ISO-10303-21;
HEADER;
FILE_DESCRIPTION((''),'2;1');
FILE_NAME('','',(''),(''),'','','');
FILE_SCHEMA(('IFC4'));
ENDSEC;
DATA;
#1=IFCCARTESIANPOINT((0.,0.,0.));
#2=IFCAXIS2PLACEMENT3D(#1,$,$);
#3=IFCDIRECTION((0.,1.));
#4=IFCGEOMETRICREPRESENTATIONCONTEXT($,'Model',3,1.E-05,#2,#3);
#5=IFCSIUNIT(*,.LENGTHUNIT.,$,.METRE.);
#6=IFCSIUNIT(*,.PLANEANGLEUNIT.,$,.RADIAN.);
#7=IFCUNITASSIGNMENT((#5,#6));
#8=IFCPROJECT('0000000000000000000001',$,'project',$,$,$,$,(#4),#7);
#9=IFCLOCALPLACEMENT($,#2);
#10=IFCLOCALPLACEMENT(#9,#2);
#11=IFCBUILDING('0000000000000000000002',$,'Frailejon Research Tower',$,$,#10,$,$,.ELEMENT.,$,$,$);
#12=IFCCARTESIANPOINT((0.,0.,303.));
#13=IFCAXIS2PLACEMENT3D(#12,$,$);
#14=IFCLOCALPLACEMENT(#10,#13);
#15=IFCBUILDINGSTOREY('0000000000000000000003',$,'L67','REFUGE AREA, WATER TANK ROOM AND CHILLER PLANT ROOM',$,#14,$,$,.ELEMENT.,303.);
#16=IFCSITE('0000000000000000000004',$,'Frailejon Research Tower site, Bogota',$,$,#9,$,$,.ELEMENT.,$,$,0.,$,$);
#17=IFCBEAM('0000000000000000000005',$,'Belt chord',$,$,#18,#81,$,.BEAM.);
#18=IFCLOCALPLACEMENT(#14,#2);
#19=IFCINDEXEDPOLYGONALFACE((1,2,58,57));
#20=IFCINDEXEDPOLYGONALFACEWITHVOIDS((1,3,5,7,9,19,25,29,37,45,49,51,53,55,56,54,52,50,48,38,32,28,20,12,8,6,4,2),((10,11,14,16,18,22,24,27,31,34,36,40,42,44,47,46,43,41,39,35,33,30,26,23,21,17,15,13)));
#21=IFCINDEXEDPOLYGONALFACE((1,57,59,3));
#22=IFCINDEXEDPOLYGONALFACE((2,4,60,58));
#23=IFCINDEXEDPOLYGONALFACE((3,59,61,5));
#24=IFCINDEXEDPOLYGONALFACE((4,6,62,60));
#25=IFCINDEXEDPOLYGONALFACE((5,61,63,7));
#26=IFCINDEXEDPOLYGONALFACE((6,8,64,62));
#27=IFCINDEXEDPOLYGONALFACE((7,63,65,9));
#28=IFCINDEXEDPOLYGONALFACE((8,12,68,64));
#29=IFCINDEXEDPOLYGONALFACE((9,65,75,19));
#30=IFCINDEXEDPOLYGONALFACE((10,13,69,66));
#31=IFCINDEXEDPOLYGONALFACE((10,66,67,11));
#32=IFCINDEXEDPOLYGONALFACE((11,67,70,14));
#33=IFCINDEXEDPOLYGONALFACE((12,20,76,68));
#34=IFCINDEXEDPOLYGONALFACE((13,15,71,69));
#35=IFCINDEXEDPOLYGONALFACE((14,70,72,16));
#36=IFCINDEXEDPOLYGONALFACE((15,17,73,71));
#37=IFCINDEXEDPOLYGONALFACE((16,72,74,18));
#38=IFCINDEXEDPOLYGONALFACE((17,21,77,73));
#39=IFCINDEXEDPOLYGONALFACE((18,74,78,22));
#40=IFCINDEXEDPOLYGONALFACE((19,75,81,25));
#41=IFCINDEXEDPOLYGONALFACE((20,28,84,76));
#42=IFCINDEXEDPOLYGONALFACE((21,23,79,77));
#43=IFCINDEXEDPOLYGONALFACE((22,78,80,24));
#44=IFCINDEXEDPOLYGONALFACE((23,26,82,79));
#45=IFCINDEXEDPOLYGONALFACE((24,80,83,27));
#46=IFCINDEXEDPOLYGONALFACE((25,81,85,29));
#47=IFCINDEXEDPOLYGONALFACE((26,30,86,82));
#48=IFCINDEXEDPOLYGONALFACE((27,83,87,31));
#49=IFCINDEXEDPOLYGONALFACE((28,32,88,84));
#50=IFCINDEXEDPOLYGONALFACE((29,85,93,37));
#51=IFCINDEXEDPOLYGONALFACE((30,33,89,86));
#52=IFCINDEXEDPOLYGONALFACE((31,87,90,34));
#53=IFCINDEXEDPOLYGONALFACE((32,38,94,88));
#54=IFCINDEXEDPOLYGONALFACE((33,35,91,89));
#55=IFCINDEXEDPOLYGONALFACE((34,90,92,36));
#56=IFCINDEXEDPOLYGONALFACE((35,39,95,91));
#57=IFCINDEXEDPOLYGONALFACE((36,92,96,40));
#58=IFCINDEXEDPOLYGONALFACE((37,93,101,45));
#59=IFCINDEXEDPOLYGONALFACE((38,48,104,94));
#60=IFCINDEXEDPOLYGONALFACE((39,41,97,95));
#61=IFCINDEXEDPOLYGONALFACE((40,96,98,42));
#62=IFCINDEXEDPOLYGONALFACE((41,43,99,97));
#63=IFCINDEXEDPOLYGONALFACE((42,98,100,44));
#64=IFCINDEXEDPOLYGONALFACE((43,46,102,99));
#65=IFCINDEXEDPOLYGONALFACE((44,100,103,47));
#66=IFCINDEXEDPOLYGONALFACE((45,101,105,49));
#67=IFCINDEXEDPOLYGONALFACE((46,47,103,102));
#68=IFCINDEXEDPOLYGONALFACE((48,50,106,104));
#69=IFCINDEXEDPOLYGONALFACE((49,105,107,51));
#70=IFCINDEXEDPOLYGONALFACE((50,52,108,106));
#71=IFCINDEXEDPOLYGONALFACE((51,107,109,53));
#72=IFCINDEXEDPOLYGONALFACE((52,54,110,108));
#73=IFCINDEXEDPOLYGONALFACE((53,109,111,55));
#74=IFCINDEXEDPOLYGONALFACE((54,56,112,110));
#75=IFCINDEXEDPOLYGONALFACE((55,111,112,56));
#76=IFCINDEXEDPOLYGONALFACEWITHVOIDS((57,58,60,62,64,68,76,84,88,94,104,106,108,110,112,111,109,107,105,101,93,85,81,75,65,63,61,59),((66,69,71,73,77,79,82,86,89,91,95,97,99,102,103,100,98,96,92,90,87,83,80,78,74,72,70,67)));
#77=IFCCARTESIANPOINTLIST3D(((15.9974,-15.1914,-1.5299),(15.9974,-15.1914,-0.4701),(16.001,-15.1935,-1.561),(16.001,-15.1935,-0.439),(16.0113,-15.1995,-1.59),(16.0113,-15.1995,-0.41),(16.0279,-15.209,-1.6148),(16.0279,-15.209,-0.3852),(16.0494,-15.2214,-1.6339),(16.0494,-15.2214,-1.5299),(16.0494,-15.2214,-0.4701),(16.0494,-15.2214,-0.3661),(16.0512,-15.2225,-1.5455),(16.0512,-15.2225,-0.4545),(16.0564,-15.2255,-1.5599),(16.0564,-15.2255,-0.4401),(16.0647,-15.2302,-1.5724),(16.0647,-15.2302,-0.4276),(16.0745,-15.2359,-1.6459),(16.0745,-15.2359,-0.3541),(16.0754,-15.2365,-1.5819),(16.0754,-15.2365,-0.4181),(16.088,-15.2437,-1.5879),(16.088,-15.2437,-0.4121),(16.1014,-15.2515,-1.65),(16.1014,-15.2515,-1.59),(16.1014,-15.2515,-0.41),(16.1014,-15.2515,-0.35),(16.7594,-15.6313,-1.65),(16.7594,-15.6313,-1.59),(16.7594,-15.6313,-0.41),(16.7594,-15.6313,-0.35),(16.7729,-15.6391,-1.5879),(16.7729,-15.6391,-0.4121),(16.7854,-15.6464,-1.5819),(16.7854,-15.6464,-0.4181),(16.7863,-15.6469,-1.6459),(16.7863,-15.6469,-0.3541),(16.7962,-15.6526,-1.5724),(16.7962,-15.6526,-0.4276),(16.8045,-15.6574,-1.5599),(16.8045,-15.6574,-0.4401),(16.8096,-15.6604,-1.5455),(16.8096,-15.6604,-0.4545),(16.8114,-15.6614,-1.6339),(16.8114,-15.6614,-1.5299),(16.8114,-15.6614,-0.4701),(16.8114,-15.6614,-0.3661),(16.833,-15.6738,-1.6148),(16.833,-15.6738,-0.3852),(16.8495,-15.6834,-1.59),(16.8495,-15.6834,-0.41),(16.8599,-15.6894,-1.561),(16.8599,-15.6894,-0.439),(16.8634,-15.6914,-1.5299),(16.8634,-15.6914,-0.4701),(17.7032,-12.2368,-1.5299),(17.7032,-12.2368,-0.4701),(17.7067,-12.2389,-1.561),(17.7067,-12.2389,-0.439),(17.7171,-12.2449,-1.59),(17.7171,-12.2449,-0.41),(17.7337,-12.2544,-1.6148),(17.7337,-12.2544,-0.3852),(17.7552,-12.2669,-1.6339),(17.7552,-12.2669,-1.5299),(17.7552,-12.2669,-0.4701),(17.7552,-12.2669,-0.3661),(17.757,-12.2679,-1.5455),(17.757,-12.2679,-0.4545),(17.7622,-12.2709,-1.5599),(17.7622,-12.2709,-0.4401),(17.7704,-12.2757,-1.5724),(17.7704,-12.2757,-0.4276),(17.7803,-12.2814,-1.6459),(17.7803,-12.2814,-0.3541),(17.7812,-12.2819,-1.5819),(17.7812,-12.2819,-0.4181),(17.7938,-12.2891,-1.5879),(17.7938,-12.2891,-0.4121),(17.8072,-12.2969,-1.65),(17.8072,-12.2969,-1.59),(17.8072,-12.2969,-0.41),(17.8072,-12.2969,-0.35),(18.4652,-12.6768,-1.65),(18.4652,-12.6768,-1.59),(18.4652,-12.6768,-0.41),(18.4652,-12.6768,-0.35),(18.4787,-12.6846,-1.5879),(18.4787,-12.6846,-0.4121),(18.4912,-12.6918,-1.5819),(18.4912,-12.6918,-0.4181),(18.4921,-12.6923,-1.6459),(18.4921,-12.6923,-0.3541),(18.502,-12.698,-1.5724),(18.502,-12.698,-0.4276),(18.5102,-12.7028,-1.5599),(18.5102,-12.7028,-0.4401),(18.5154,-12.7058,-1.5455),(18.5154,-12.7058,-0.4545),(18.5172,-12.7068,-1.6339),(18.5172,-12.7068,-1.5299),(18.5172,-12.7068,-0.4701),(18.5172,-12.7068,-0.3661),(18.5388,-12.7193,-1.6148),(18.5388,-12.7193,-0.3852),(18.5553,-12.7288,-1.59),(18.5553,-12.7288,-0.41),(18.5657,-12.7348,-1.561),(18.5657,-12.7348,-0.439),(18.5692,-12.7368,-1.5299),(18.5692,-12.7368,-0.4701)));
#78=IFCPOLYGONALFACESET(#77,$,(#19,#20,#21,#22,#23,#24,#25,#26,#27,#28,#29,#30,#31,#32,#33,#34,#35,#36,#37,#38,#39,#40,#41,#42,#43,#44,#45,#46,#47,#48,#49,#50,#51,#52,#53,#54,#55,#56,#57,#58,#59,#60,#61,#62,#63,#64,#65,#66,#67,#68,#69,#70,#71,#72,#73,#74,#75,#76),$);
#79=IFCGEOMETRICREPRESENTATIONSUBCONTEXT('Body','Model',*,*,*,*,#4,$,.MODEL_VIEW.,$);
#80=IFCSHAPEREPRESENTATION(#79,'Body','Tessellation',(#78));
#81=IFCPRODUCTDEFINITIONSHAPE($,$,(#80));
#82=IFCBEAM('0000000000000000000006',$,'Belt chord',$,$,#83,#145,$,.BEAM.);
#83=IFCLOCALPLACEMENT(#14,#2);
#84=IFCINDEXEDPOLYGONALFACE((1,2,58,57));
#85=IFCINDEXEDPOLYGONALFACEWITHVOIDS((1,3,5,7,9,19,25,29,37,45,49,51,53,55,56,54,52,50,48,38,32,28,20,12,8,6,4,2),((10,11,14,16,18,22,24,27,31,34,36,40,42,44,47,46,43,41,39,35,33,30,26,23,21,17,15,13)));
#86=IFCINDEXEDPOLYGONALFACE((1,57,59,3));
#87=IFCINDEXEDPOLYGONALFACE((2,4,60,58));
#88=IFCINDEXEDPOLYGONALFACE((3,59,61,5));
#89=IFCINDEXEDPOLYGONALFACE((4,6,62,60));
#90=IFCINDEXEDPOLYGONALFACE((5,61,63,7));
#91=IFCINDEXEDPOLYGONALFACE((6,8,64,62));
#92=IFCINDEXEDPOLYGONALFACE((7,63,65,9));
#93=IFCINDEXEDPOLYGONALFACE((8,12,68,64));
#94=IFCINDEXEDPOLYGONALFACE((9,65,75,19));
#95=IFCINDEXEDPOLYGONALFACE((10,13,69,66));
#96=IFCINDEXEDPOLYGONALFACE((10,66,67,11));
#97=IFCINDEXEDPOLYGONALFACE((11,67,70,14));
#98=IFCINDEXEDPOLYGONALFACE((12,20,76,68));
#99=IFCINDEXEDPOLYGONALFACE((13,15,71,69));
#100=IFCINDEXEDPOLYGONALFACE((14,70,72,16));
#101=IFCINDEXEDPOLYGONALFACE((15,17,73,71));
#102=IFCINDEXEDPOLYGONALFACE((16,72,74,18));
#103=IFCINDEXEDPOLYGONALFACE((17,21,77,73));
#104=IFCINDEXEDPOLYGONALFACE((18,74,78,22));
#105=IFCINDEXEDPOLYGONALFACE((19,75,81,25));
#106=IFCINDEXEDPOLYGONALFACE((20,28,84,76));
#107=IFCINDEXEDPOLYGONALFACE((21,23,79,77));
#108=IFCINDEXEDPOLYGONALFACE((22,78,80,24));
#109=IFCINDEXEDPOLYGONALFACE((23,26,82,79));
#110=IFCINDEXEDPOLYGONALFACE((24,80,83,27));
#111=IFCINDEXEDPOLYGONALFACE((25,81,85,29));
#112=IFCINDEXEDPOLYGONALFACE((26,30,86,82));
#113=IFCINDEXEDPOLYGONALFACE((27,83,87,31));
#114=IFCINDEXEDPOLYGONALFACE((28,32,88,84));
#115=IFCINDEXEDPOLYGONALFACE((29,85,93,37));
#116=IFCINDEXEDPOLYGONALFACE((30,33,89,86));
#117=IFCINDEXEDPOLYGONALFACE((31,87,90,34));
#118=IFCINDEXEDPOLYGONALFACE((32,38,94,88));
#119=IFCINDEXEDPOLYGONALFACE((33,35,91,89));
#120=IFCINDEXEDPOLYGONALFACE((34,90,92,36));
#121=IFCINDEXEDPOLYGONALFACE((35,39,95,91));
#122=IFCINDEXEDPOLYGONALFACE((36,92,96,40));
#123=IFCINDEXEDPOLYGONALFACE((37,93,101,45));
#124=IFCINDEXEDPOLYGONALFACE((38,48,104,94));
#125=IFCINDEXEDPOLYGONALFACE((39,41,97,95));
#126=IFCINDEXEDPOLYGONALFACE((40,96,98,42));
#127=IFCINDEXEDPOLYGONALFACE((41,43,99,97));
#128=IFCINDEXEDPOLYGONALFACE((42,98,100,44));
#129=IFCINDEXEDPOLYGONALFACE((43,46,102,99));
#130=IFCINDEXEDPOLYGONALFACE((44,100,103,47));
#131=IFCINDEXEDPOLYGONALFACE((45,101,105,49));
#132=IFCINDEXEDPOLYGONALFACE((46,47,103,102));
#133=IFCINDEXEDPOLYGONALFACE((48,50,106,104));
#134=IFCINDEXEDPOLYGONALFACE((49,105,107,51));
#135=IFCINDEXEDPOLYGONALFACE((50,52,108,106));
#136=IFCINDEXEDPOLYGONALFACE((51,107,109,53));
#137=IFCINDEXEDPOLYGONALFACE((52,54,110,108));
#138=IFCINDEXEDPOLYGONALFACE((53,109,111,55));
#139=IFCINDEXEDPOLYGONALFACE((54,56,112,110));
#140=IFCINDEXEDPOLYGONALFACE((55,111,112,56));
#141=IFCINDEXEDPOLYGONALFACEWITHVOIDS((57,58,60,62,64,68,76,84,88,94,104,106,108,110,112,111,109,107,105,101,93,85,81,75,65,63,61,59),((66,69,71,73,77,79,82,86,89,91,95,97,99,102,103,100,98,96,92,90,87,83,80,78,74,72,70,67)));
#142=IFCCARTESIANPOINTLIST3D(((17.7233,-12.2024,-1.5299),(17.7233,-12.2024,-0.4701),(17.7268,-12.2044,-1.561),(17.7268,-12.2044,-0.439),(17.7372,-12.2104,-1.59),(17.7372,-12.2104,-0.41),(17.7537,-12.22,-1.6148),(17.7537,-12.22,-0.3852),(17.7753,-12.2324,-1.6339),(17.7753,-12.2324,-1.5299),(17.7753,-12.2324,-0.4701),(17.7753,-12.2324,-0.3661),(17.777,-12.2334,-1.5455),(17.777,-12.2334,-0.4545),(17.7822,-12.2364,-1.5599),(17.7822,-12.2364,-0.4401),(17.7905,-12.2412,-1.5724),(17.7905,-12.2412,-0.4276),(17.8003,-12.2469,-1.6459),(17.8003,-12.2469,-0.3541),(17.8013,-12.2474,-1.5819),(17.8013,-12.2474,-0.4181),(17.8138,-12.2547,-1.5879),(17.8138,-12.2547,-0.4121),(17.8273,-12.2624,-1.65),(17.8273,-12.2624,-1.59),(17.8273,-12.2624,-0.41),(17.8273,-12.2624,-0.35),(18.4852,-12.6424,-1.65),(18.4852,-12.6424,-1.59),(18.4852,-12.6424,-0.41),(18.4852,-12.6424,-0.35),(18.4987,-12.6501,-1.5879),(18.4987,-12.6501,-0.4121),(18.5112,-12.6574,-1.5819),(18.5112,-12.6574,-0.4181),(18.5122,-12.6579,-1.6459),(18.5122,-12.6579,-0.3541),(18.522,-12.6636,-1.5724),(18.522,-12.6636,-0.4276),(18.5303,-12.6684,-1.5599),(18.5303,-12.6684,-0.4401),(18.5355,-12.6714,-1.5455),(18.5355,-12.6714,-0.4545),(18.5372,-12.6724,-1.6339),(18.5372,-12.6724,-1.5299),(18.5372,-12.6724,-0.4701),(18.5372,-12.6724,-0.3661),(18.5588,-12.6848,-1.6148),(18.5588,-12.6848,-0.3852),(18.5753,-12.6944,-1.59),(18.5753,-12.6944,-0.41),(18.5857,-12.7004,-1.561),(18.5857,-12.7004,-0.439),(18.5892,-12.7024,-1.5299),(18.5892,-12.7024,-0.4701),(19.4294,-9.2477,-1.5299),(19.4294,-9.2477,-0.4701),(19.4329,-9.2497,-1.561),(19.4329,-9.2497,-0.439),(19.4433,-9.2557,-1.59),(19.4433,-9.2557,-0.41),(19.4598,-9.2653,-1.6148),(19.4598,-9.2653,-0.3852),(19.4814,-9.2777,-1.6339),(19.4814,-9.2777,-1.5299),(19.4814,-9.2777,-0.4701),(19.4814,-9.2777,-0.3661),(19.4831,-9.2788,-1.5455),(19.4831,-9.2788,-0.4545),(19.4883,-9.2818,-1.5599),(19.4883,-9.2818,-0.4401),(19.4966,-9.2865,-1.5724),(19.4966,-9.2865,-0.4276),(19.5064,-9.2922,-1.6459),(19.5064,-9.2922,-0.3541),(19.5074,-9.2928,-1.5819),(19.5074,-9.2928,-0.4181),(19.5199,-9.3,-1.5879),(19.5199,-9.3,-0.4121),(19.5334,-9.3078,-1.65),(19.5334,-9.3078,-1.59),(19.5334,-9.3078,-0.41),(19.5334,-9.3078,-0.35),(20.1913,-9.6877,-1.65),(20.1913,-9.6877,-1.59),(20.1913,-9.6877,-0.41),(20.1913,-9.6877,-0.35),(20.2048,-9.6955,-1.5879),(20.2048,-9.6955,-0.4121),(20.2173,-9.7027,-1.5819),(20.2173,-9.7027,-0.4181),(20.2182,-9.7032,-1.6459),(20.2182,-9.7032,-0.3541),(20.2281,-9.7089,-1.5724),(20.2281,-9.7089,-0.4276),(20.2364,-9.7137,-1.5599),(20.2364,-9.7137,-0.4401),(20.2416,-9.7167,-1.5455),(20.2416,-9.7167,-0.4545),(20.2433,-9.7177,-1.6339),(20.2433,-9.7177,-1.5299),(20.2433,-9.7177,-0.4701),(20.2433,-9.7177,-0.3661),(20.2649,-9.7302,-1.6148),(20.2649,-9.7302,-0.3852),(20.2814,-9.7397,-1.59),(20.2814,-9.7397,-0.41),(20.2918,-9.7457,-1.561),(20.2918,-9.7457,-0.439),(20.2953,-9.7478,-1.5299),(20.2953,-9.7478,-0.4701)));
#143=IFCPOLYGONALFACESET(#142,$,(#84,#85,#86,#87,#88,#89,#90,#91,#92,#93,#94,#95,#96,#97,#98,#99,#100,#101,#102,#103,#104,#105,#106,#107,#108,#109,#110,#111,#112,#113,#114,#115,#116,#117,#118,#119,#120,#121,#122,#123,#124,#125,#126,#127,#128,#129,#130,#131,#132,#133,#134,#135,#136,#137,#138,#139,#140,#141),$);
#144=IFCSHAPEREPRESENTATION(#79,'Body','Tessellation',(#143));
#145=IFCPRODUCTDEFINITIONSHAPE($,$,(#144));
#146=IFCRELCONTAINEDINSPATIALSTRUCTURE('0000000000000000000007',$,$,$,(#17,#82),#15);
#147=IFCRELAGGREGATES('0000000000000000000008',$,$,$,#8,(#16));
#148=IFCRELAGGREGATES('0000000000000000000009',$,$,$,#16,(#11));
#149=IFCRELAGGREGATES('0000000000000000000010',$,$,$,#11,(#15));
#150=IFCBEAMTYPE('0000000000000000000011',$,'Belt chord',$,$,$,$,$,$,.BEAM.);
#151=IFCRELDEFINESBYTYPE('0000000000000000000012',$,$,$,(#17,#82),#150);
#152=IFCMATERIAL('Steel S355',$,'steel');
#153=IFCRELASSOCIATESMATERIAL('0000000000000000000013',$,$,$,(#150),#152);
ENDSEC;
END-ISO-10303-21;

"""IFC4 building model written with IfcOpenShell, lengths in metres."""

from ifc_helpers import new_model, si_unit, direction, frame, origin, origin_2d, place, context, subcontext, project, spatial, hollow_rectangle, extrude, material, material_profile, profile_set, type_object, element, save


model = new_model("IFC4")

# Units and contexts
model_context = context("Model", 3, precision=1e-05, world=origin(), true_north=direction((0.0, 1.0)))
body_context = subcontext(model_context, "Body", "Model", "MODEL_VIEW")
ifc_project = project(units=[si_unit("LENGTHUNIT", "METRE"), si_unit("PLANEANGLEUNIT", "RADIAN")], contexts=[model_context])

# Site, building, storey
site_placement = place(None, origin())
site = spatial("IfcSite", under=ifc_project, at=site_placement, Name="Frailejon Research Tower site, Bogota", CompositionType="ELEMENT", RefElevation=0.0)
building_placement = place(site_placement, origin())
building = spatial("IfcBuilding", under=site, at=building_placement, Name="Frailejon Research Tower", CompositionType="ELEMENT")
storey_placement = place(building_placement, frame((0.0, 0.0, 303.0)))
storey = spatial("IfcBuildingStorey", under=building, at=storey_placement, Name="L67", Description="REFUGE AREA, WATER TANK ROOM AND CHILLER PLANT ROOM", CompositionType="ELEMENT", Elevation=303.0)

# Beams
ifc_material_1 = material(Name="Steel S355", Category="steel")
ifc_material_profile_1 = material_profile(ifc_material_1, hollow_rectangle(XDim=1.0, YDim=1.3, WallThickness=0.0601, InnerFilletRadius=0.0601, OuterFilletRadius=0.1201, at=origin_2d()), Name="Belt chord")
ifc_profile_set_1 = profile_set([ifc_material_profile_1], Name="Steel S355")
beam_type_1 = type_object("IfcBeamType", Name="Belt chord", PredefinedType="BEAM", material=ifc_profile_set_1)
for number, where, z_axis, x_axis, name in (
    (1, (16.4304, -15.4414, -1.0), (0.499995, 0.866028, 0.0), (-0.866028, 0.499995, 0.0), "Belt chord"),
):
    element("IfcBeam", number, at=place(storey_placement, frame(where, z_axis=z_axis, x_axis=x_axis)), inside=storey, type_object=beam_type_1, Name=name, PredefinedType="BEAM", context=body_context, shape_type="SweptSolid", body=[
        extrude(hollow_rectangle(XDim=1.0, YDim=1.3, WallThickness=0.0601, InnerFilletRadius=0.0601, OuterFilletRadius=0.1201, at=origin_2d()), origin(), (0.0, 0.0, 1.0), 3.4116),
    ])
beam_1_placement = place(storey_placement, frame((18.1562, -12.4524, -1.0), z_axis=(0.500049, 0.865997, 0.0), x_axis=(-0.865997, 0.500049, 0.0)))
element("IfcBeam", 2, at=beam_1_placement, inside=storey, type_object=beam_type_1, Name="Belt chord", PredefinedType="BEAM", context=body_context, shape_type="SweptSolid", body=[
    extrude(hollow_rectangle(XDim=1.0, YDim=1.3, WallThickness=0.0601, InnerFilletRadius=0.0601, OuterFilletRadius=0.1201, at=origin_2d()), origin(), (0.0, 0.0, 1.0), 3.4119),
])

save(model, "model.ifc")
